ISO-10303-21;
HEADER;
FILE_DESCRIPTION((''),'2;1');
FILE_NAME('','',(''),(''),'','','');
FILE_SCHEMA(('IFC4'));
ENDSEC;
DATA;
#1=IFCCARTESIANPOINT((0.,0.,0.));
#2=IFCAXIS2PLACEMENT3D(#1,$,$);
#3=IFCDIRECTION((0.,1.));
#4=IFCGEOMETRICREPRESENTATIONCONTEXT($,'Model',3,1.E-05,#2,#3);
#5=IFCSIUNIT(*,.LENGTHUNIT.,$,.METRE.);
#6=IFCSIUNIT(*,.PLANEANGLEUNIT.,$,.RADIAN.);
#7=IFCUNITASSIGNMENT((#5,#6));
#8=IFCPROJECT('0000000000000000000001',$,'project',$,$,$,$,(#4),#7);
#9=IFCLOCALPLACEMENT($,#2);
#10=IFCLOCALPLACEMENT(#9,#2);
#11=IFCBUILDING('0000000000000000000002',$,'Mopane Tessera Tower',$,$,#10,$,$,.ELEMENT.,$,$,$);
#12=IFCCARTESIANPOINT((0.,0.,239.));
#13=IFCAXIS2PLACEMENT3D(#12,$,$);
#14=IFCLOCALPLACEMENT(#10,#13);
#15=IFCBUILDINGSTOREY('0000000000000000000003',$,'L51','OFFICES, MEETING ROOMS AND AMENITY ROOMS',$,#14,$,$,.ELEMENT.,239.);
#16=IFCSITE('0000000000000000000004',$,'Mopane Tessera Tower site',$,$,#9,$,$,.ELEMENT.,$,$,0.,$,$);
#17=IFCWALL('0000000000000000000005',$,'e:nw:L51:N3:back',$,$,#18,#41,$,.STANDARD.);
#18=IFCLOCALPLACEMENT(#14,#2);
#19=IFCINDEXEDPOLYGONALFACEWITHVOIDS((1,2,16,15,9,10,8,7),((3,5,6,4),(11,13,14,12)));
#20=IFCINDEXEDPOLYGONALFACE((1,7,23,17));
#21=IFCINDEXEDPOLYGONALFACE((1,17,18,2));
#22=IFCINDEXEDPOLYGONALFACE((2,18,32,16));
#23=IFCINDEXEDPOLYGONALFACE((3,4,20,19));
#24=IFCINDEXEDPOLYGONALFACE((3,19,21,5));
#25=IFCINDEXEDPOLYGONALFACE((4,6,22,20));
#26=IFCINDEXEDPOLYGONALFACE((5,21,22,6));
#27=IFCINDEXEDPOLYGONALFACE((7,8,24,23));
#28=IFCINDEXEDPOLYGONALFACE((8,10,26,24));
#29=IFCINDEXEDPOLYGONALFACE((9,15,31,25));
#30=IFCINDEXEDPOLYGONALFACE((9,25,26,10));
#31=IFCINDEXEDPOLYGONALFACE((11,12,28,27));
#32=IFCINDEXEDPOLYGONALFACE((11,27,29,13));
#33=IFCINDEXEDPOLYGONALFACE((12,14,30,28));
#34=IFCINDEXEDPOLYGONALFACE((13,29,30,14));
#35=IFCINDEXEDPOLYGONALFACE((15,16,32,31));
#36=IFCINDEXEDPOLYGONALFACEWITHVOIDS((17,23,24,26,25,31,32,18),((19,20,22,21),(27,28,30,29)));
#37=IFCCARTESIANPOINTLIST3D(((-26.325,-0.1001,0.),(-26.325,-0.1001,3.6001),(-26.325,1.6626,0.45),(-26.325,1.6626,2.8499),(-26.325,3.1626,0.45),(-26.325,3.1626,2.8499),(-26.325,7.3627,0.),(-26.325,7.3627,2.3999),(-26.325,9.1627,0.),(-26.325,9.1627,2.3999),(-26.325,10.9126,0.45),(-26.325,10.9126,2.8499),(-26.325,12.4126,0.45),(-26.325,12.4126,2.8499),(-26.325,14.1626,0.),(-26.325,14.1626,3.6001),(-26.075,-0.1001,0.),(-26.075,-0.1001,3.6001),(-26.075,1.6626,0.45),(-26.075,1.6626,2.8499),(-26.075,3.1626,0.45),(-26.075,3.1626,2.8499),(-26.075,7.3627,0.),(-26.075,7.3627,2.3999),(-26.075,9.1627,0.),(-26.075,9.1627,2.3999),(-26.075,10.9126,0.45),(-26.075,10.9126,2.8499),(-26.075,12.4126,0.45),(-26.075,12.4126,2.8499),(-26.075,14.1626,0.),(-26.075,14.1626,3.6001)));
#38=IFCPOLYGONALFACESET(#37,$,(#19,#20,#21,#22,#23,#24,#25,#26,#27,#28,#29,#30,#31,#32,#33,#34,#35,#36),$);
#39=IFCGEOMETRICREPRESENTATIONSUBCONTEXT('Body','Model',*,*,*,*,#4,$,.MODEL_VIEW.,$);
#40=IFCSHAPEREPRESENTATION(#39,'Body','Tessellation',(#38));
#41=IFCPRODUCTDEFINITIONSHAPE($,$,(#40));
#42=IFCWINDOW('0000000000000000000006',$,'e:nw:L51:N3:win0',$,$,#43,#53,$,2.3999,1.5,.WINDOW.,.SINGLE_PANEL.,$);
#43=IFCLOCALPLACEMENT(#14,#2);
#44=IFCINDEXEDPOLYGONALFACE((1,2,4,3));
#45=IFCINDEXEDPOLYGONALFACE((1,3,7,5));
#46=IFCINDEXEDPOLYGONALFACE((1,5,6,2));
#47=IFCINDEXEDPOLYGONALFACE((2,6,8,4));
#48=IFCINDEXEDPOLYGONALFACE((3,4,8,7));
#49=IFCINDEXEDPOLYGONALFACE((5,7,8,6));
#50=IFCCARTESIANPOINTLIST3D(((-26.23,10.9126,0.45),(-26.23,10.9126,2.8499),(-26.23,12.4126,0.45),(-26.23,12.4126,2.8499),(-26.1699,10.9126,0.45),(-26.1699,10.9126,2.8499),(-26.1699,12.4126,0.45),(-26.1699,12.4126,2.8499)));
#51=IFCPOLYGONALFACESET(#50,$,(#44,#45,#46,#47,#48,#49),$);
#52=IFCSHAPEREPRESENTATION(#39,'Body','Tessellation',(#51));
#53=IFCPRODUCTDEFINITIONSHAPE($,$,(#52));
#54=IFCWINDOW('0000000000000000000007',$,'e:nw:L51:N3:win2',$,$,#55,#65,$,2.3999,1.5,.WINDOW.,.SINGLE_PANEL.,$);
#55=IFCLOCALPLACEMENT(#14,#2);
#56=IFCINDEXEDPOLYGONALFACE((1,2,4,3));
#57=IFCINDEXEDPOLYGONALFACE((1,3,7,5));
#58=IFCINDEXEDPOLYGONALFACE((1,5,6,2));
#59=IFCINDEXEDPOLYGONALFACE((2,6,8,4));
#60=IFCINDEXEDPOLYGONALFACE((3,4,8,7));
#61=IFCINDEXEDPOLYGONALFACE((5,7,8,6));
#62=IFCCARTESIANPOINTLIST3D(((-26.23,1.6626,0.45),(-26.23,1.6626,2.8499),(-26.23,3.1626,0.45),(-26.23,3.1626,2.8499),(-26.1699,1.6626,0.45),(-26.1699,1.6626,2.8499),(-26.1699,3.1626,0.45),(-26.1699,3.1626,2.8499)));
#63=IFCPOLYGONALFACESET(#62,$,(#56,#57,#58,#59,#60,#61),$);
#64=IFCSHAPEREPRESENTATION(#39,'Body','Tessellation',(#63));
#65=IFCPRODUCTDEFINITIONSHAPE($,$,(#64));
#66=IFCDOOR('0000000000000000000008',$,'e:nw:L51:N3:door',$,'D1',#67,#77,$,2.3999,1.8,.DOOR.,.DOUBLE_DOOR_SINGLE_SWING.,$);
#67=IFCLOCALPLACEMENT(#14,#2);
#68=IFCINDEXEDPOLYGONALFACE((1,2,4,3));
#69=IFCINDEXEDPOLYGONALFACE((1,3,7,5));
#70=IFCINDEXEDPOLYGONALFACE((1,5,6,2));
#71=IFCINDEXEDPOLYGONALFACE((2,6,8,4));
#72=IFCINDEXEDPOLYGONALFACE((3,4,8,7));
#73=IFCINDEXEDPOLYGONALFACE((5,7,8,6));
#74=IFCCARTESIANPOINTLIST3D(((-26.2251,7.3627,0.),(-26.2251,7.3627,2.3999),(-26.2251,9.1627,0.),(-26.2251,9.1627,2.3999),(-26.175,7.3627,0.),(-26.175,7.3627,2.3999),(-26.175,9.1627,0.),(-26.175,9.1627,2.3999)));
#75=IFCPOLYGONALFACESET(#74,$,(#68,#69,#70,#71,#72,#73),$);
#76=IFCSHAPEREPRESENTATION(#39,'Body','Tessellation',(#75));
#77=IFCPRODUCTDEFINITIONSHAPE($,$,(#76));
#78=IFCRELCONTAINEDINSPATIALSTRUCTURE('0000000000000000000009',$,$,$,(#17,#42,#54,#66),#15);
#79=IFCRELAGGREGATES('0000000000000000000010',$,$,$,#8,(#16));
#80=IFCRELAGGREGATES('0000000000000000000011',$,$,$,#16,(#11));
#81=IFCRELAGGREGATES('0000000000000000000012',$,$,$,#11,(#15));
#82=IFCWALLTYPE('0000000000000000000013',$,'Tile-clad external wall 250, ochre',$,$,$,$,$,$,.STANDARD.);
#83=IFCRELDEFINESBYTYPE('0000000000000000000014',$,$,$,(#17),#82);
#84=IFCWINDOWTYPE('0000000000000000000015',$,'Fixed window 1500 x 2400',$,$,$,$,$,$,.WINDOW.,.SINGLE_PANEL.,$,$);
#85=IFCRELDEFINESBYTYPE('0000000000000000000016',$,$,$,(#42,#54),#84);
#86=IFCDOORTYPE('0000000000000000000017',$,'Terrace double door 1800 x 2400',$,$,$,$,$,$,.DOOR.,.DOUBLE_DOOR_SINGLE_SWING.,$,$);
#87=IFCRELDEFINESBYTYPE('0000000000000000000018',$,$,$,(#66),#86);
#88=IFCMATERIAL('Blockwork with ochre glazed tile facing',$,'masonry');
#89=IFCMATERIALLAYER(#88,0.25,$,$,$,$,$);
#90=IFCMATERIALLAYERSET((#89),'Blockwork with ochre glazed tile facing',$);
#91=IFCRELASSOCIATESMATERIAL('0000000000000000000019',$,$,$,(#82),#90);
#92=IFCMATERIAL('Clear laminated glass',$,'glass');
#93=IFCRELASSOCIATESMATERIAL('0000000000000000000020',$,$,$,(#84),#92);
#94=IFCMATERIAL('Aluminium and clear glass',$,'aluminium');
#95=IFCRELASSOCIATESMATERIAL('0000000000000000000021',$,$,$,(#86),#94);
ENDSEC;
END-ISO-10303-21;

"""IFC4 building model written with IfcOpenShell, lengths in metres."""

from ifc_helpers import new_model, si_unit, direction, frame, frame_2d, origin, place, context, subcontext, project, spatial, rectangle, extrude, material, layer, layer_set, type_object, element, fill, save


model = new_model("IFC4")

# Units and contexts
model_context = context("Model", 3, precision=1e-05, world=origin(), true_north=direction((0.0, 1.0)))
body_context = subcontext(model_context, "Body", "Model", "MODEL_VIEW")
ifc_project = project(units=[si_unit("LENGTHUNIT", "METRE"), si_unit("PLANEANGLEUNIT", "RADIAN")], contexts=[model_context])

# Site, building, storey
site_placement = place(None, origin())
site = spatial("IfcSite", under=ifc_project, at=site_placement, Name="Mopane Tessera Tower site", CompositionType="ELEMENT", RefElevation=0.0)
building_placement = place(site_placement, origin())
building = spatial("IfcBuilding", under=site, at=building_placement, Name="Mopane Tessera Tower", CompositionType="ELEMENT")
storey_placement = place(building_placement, frame((0.0, 0.0, 239.0)))
storey = spatial("IfcBuildingStorey", under=building, at=storey_placement, Name="L51", Description="OFFICES, MEETING ROOMS AND AMENITY ROOMS", CompositionType="ELEMENT", Elevation=239.0)

# Wall, openings, windows, door
ifc_material_1 = material(Name="Blockwork with ochre glazed tile facing", Category="masonry")
ifc_layer_1 = layer(ifc_material_1, 0.25)
ifc_layer_set_1 = layer_set([ifc_layer_1], Name="Blockwork with ochre glazed tile facing")
wall_type_1 = type_object("IfcWallType", Name="Tile-clad external wall 250, ochre", PredefinedType="STANDARD", material=ifc_layer_set_1)
wall_1_placement = place(storey_placement, frame((-26.2, 14.1626, 0.0), z_axis=(0.0, 0.0, 1.0), x_axis=(0.0, -1.0, 0.0)))
wall_1 = element("IfcWall", 1, at=wall_1_placement, inside=storey, type_object=wall_type_1, Name="e:nw:L51:N3:back", PredefinedType="STANDARD", context=body_context, shape_type="SweptSolid", body=[
    extrude(rectangle(XDim=14.2627, YDim=0.25, at=frame_2d((7.1313, 0.0))), origin(), (0.0, 0.0, 1.0), 3.6001),
])
opening_1_placement = place(wall_1_placement, frame((1.75, 0.0, 0.45)))
opening_1 = element("IfcOpeningElement", 2, at=opening_1_placement, cuts=wall_1, PredefinedType="OPENING", context=body_context, shape_type="SweptSolid", body=[
    extrude(rectangle(XDim=1.5, YDim=2.3999, at=frame_2d((0.75, 1.2))), frame((0.0, 0.137, 0.0), z_axis=(0.0, -1.0, 0.0), x_axis=(1.0, 0.0, 0.0)), (0.0, 0.0, 1.0), 0.2739),
])
opening_2_placement = place(wall_1_placement, frame((5.0, 0.0, 0.0)))
opening_2 = element("IfcOpeningElement", 3, at=opening_2_placement, cuts=wall_1, PredefinedType="OPENING", context=body_context, shape_type="SweptSolid", body=[
    extrude(rectangle(XDim=1.8, YDim=2.3999, at=frame_2d((0.8999, 1.2))), frame((0.0, 0.137, 0.0), z_axis=(0.0, -1.0, 0.0), x_axis=(1.0, 0.0, 0.0)), (0.0, 0.0, 1.0), 0.2739),
])
opening_3_placement = place(wall_1_placement, frame((11.0, 0.0, 0.45)))
opening_3 = element("IfcOpeningElement", 4, at=opening_3_placement, cuts=wall_1, PredefinedType="OPENING", context=body_context, shape_type="SweptSolid", body=[
    extrude(rectangle(XDim=1.5, YDim=2.3999, at=frame_2d((0.75, 1.2))), frame((0.0, 0.137, 0.0), z_axis=(0.0, -1.0, 0.0), x_axis=(1.0, 0.0, 0.0)), (0.0, 0.0, 1.0), 0.2739),
])
ifc_material_2 = material(Name="Clear laminated glass", Category="glass")
window_type = type_object("IfcWindowType", Name="Fixed window 1500 x 2400", PartitioningType="SINGLE_PANEL", PredefinedType="WINDOW", material=ifc_material_2)
window_1_placement = place(opening_1_placement, origin())
window_1 = element("IfcWindow", 5, at=window_1_placement, inside=storey, type_object=window_type, Name="e:nw:L51:N3:win0", OverallHeight=2.3999, OverallWidth=1.5, PartitioningType="SINGLE_PANEL", PredefinedType="WINDOW", context=body_context, shape_type="SweptSolid", body=[
    extrude(rectangle(XDim=1.5, YDim=2.3999, at=frame_2d((0.75, 1.2))), frame((0.0, 0.03, 0.0), z_axis=(0.0, -1.0, 0.0), x_axis=(1.0, 0.0, 0.0)), (0.0, 0.0, 1.0), 0.0601),
])
fill(opening_1, window_1)
window_2_placement = place(opening_3_placement, origin())
window_2 = element("IfcWindow", 6, at=window_2_placement, inside=storey, type_object=window_type, Name="e:nw:L51:N3:win2", OverallHeight=2.3999, OverallWidth=1.5, PartitioningType="SINGLE_PANEL", PredefinedType="WINDOW", context=body_context, shape_type="SweptSolid", body=[
    extrude(rectangle(XDim=1.5, YDim=2.3999, at=frame_2d((0.75, 1.2))), frame((0.0, 0.03, 0.0), z_axis=(0.0, -1.0, 0.0), x_axis=(1.0, 0.0, 0.0)), (0.0, 0.0, 1.0), 0.0601),
])
fill(opening_3, window_2)
ifc_material_3 = material(Name="Aluminium and clear glass", Category="aluminium")
door_type_1 = type_object("IfcDoorType", Name="Terrace double door 1800 x 2400", OperationType="DOUBLE_DOOR_SINGLE_SWING", PredefinedType="DOOR", material=ifc_material_3)
door_1_placement = place(opening_2_placement, origin())
door_1 = element("IfcDoor", 7, at=door_1_placement, inside=storey, type_object=door_type_1, Name="e:nw:L51:N3:door", ObjectType="D1", OperationType="DOUBLE_DOOR_SINGLE_SWING", OverallHeight=2.3999, OverallWidth=1.8, PredefinedType="DOOR", context=body_context, shape_type="SweptSolid", body=[
    extrude(rectangle(XDim=1.8, YDim=2.3999, at=frame_2d((0.8999, 1.2))), frame((0.0, 0.0249, 0.0), z_axis=(0.0, -1.0, 0.0), x_axis=(1.0, 0.0, 0.0)), (0.0, 0.0, 1.0), 0.05),
])
fill(opening_2, door_1)

save(model, "model.ifc")
